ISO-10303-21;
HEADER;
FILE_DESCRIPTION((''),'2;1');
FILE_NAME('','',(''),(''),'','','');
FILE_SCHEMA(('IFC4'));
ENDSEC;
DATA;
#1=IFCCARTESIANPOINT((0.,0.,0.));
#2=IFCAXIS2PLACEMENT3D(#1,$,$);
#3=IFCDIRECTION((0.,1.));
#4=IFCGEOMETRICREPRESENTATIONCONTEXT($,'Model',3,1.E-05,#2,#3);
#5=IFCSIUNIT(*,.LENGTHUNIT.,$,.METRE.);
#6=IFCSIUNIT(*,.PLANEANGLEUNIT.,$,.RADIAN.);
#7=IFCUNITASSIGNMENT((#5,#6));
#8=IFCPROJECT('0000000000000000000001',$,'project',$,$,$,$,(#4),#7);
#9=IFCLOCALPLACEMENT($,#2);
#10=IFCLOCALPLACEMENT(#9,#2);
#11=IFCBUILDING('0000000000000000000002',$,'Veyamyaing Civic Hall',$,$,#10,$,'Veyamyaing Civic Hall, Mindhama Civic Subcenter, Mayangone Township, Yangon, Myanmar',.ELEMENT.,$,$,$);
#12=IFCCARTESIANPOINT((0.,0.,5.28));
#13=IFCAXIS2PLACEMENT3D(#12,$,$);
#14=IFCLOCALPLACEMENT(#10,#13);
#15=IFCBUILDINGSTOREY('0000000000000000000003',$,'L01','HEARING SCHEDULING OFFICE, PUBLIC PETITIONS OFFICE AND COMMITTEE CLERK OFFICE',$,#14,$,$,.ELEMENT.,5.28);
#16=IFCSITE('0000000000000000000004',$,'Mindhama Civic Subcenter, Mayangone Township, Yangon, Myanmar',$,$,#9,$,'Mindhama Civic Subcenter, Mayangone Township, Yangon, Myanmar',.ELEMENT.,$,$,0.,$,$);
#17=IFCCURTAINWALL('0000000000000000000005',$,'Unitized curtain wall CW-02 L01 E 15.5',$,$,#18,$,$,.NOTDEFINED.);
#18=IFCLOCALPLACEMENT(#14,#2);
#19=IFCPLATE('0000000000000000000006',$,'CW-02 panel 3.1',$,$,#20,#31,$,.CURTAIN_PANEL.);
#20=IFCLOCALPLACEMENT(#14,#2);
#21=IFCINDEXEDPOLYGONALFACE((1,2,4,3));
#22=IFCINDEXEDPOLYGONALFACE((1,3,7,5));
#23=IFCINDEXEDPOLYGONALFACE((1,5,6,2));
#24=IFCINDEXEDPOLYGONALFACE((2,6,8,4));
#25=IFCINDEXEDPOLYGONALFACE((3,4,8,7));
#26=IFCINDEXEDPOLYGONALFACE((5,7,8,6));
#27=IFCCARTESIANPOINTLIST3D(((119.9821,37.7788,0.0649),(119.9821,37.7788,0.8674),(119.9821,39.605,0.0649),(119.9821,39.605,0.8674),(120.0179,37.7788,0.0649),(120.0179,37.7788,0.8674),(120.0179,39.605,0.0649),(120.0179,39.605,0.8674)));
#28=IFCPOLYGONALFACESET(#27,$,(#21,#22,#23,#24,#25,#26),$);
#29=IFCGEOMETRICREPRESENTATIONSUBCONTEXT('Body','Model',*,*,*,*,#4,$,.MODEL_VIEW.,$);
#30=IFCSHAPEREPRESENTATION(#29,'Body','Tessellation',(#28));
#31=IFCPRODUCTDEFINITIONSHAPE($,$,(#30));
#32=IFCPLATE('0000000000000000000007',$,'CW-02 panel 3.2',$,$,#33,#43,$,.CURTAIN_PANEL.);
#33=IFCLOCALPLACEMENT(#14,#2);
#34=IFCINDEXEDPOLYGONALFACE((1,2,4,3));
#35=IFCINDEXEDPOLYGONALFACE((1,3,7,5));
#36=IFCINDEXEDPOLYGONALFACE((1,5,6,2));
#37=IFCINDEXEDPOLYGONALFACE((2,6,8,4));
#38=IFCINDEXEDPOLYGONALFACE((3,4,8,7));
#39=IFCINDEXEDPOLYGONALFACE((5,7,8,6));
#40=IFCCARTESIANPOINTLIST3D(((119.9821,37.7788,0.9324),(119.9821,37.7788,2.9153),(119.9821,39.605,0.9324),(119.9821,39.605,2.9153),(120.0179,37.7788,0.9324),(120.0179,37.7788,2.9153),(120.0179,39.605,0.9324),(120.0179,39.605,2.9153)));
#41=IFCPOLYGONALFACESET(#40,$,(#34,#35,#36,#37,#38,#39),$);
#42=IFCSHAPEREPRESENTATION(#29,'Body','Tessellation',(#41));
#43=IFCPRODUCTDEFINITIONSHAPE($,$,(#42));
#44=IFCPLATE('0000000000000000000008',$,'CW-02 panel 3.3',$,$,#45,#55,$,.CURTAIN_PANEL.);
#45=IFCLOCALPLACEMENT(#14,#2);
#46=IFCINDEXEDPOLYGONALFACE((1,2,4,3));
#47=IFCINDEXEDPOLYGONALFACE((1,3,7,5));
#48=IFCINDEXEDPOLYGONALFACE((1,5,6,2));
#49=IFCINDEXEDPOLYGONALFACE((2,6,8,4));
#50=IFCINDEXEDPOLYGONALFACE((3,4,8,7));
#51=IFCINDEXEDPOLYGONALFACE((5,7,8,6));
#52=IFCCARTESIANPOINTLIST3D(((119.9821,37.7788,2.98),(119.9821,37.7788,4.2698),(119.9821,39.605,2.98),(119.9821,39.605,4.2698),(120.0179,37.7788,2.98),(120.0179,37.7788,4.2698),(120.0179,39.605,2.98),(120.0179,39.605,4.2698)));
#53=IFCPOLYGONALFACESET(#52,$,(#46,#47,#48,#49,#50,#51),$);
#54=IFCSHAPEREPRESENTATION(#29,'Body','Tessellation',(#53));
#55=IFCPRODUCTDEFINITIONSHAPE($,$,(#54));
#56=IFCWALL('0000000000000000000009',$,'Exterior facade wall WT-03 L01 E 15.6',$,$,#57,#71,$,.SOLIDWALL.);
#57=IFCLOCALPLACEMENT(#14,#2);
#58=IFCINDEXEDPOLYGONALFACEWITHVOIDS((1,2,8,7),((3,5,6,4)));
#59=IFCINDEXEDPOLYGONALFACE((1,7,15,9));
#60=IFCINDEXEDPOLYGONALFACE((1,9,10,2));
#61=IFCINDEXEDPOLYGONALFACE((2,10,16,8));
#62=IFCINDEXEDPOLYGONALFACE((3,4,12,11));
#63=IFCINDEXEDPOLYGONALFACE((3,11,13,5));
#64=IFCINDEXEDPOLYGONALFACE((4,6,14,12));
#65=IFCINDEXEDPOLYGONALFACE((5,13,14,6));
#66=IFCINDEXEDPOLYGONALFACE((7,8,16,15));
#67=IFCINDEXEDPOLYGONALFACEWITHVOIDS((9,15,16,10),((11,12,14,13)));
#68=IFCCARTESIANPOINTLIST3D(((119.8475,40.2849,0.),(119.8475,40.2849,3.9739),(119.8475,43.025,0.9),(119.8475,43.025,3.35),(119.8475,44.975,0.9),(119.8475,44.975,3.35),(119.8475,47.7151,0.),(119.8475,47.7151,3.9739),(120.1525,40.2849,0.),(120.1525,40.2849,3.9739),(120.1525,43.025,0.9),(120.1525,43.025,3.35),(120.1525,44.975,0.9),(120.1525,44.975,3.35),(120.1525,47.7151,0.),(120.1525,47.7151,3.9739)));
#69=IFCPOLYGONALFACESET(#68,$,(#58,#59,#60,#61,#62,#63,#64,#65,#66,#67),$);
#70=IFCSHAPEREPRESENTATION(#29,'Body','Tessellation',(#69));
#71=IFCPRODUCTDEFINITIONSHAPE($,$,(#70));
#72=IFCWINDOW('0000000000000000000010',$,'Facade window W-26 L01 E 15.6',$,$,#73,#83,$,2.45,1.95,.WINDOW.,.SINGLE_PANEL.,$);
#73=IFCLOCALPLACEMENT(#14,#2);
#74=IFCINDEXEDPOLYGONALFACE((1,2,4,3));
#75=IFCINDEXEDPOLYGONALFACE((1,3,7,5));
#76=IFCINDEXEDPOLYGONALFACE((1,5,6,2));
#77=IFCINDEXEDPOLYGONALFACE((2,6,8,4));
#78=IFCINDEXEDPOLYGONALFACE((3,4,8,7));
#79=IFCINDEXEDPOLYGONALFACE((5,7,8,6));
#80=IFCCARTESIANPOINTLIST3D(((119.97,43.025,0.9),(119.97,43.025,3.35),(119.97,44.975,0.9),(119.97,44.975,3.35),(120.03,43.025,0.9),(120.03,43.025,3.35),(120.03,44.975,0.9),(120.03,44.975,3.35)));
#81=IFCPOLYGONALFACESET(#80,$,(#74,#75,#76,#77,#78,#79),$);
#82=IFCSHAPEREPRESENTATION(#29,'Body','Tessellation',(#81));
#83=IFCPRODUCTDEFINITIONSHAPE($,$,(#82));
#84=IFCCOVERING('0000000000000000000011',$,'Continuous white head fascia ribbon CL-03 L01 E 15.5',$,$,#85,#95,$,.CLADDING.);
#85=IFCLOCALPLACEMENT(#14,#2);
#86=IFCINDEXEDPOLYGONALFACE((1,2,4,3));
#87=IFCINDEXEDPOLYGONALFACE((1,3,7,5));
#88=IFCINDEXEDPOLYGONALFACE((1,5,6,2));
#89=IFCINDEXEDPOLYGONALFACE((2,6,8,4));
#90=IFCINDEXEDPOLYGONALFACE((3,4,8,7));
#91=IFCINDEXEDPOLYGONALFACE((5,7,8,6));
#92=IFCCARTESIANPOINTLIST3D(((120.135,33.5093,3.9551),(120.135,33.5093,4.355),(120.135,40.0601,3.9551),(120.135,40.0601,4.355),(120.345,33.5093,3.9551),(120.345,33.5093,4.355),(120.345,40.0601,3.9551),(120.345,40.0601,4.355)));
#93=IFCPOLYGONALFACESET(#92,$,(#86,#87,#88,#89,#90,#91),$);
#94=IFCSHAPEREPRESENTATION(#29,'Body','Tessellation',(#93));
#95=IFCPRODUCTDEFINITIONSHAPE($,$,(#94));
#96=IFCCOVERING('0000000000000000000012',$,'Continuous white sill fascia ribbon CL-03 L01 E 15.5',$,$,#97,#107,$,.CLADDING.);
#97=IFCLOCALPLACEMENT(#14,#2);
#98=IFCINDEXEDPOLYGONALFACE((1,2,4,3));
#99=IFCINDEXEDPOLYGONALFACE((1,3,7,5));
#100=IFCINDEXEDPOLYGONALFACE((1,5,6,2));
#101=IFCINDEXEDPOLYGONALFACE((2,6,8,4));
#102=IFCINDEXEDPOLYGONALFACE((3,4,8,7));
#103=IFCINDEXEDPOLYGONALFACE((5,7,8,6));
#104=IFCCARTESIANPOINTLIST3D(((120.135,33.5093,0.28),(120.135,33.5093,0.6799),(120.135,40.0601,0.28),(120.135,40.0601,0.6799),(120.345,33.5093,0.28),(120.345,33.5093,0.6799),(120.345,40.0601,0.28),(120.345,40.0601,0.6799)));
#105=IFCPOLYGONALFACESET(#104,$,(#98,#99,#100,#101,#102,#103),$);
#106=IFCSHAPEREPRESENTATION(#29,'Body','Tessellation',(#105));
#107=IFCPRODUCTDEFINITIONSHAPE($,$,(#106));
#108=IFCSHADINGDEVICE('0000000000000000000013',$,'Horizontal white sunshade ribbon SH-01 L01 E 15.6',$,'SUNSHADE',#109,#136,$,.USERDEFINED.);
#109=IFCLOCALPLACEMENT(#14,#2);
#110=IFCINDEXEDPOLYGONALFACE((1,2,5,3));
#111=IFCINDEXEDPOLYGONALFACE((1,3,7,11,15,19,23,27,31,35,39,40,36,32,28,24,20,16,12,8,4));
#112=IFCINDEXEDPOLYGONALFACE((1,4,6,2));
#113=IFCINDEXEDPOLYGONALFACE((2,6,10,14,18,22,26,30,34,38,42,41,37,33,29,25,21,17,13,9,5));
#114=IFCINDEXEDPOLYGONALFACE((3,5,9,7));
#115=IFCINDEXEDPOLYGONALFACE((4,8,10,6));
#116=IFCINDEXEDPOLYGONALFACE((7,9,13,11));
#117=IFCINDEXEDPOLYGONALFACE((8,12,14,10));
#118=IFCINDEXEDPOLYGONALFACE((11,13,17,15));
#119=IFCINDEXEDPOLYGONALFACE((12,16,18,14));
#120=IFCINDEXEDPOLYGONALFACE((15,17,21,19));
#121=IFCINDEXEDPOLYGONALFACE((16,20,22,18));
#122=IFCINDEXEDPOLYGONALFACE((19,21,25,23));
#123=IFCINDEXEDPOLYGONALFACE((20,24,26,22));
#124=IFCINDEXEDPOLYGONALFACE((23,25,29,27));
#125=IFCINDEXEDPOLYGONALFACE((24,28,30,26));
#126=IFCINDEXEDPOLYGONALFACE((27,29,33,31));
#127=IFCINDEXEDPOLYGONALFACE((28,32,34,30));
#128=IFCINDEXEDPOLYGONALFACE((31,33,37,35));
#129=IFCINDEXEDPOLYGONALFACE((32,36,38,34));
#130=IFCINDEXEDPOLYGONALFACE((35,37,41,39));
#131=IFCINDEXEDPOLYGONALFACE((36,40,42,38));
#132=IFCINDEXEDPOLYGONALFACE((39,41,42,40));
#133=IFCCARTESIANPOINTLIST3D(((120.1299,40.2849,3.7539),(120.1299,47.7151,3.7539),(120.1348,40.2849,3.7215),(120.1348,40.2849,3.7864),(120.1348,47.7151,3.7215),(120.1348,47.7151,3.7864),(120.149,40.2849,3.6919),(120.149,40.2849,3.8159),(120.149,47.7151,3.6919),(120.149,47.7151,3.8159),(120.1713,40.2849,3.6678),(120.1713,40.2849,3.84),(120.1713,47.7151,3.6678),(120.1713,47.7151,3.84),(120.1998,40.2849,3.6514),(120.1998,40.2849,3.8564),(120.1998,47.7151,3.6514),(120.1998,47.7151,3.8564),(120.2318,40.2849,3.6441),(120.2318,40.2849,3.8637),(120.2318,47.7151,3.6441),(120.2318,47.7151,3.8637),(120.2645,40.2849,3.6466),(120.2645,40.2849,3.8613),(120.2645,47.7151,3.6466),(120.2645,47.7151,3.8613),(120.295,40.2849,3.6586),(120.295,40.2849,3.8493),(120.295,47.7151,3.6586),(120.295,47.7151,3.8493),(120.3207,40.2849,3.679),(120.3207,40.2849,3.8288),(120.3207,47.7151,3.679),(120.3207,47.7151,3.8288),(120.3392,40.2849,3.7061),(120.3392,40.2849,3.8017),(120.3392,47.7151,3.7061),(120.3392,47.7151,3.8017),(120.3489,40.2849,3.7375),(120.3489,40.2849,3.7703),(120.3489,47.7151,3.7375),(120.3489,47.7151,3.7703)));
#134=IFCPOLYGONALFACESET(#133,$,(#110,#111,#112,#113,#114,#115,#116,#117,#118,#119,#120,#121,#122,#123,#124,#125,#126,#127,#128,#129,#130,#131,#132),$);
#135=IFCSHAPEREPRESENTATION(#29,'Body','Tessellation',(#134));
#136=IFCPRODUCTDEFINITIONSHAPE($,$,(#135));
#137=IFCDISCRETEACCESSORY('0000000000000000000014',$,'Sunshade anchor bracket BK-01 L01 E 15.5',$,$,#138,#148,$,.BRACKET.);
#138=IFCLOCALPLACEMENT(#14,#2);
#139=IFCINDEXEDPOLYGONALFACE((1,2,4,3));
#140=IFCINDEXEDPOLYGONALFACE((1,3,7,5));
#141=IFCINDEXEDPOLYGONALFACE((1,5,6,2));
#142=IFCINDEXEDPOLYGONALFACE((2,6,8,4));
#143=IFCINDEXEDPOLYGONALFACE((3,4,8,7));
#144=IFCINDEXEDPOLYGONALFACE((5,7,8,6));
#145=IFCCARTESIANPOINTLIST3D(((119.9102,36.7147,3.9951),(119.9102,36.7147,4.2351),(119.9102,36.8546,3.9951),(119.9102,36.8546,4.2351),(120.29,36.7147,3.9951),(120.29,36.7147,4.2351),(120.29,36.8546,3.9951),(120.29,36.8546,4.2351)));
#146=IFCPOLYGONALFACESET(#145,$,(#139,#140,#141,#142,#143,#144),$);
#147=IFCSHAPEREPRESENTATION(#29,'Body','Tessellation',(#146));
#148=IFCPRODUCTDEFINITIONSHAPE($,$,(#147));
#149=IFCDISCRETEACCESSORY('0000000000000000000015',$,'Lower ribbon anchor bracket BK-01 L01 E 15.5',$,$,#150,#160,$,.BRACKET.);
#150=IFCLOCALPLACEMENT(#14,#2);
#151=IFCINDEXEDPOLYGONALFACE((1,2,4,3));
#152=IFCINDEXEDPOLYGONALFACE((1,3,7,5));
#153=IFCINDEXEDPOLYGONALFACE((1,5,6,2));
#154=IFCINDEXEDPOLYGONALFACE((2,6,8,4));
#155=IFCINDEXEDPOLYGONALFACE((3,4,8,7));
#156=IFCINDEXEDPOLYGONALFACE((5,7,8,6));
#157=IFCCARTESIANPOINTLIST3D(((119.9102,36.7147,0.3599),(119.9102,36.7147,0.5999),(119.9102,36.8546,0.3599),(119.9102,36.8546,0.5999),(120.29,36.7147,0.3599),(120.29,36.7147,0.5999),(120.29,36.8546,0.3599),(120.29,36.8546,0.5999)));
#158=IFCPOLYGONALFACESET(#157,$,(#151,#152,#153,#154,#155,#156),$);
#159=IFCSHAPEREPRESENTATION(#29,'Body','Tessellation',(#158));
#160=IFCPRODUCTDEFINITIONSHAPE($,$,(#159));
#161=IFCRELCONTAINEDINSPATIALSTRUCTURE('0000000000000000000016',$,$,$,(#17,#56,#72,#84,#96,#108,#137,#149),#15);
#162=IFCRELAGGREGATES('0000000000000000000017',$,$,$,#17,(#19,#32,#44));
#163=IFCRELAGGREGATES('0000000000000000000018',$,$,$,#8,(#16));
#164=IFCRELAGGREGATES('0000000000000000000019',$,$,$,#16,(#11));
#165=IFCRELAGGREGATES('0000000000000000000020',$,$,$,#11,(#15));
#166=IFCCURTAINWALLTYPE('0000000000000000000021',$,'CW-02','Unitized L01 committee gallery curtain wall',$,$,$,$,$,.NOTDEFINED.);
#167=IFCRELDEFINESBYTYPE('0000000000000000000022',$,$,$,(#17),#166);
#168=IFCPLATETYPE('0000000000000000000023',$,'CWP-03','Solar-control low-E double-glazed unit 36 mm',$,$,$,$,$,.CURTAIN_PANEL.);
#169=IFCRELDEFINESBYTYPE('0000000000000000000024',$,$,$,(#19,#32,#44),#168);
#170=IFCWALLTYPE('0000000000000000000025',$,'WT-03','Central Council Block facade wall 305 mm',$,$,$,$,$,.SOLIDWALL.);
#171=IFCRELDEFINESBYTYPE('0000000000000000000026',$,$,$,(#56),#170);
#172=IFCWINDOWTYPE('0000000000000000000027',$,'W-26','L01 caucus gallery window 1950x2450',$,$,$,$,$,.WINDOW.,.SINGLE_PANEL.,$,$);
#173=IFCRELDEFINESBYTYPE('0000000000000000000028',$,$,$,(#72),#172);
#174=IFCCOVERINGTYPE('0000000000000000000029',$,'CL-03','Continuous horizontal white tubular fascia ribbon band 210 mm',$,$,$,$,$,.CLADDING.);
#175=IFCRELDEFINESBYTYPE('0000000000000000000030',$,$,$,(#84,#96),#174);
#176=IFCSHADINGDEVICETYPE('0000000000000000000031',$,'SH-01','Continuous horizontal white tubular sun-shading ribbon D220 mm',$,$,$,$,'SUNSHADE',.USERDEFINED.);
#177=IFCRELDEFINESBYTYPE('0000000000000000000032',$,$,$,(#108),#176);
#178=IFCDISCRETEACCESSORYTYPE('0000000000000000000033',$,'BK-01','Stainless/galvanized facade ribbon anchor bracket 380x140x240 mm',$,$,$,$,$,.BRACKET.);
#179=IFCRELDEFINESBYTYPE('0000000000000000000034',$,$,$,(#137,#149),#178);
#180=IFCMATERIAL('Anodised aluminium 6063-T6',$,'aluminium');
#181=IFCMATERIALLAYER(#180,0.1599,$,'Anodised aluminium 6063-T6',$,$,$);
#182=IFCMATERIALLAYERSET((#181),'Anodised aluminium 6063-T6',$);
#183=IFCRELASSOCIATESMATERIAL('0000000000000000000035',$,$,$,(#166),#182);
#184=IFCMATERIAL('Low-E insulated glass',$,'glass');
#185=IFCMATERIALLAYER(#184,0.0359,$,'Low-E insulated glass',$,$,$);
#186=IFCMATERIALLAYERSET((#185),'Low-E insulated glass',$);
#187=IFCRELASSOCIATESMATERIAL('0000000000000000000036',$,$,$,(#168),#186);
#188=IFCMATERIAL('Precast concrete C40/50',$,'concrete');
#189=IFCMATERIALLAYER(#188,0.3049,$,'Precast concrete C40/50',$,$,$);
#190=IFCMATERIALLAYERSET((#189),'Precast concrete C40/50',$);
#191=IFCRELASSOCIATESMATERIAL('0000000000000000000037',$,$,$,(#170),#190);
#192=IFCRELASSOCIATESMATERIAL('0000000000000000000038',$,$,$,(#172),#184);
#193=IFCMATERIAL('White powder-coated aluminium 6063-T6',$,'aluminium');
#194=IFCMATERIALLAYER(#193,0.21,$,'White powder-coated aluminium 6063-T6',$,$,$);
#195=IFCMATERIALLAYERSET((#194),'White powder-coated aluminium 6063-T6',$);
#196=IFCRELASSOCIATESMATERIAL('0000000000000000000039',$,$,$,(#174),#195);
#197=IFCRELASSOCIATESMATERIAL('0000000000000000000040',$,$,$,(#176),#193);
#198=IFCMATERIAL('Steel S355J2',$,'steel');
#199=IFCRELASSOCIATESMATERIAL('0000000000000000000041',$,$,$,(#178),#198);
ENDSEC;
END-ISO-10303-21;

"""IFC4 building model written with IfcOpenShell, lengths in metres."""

from ifc_helpers import new_model, si_unit, direction, frame, frame_2d, origin, origin_2d, place, context, subcontext, project, spatial, rectangle, circle, extrude, material, layer, layer_set, material_profile, profile_set, type_object, element, fill, aggregate, save


model = new_model("IFC4")

# Units and contexts
model_context = context("Model", 3, precision=1e-05, world=origin(), true_north=direction((0.0, 1.0)))
body_context = subcontext(model_context, "Body", "Model", "MODEL_VIEW")
ifc_project = project(units=[si_unit("LENGTHUNIT", "METRE"), si_unit("PLANEANGLEUNIT", "RADIAN")], contexts=[model_context])

# Site, building, storey
site_placement = place(None, origin())
site = spatial("IfcSite", under=ifc_project, at=site_placement, Name="Mindhama Civic Subcenter, Mayangone Township, Yangon, Myanmar", LongName="Mindhama Civic Subcenter, Mayangone Township, Yangon, Myanmar", CompositionType="ELEMENT", RefElevation=0.0)
building_placement = place(site_placement, origin())
building = spatial("IfcBuilding", under=site, at=building_placement, Name="Veyamyaing Civic Hall", LongName="Veyamyaing Civic Hall, Mindhama Civic Subcenter, Mayangone Township, Yangon, Myanmar", CompositionType="ELEMENT")
storey_placement = place(building_placement, frame((0.0, 0.0, 5.28)))
storey = spatial("IfcBuildingStorey", under=building, at=storey_placement, Name="L01", Description="HEARING SCHEDULING OFFICE, PUBLIC PETITIONS OFFICE AND COMMITTEE CLERK OFFICE", CompositionType="ELEMENT", Elevation=5.28)

# Curtain wall, plates
ifc_material_1 = material(Name="Anodised aluminium 6063-T6", Category="aluminium")
ifc_layer_1 = layer(ifc_material_1, 0.1599, Name="Anodised aluminium 6063-T6")
ifc_layer_set_1 = layer_set([ifc_layer_1], Name="Anodised aluminium 6063-T6")
curtain_wall_type = type_object("IfcCurtainWallType", Name="CW-02", Description="Unitized L01 committee gallery curtain wall", PredefinedType="NOTDEFINED", material=ifc_layer_set_1)
curtain_wall_placement = place(storey_placement, origin())
curtain_wall = element("IfcCurtainWall", 1, at=curtain_wall_placement, inside=storey, type_object=curtain_wall_type, Name="Unitized curtain wall CW-02 L01 E 15.5", PredefinedType="NOTDEFINED")
ifc_material_2 = material(Name="Low-E insulated glass", Category="glass")
ifc_layer_2 = layer(ifc_material_2, 0.0359, Name="Low-E insulated glass")
ifc_layer_set_2 = layer_set([ifc_layer_2], Name="Low-E insulated glass")
plate_type = type_object("IfcPlateType", Name="CWP-03", Description="Solar-control low-E double-glazed unit 36 mm", PredefinedType="CURTAIN_PANEL", material=ifc_layer_set_2)
plate_1_placement = place(storey_placement, frame((120.0, 38.6919, 0.0649), z_axis=(0.0, 0.0, 1.0), x_axis=(0.0, 1.0, 0.0)))
plate_1 = element("IfcPlate", 2, at=plate_1_placement, type_object=plate_type, Name="CW-02 panel 3.1", PredefinedType="CURTAIN_PANEL", context=body_context, shape_type="SweptSolid", body=[
    extrude(rectangle(XDim=1.8262, YDim=0.0359, at=origin_2d()), origin(), (0.0, 0.0, 1.0), 0.8025),
])
plate_2_placement = place(storey_placement, frame((120.0, 38.6919, 0.9324), z_axis=(0.0, 0.0, 1.0), x_axis=(0.0, 1.0, 0.0)))
plate_2 = element("IfcPlate", 3, at=plate_2_placement, type_object=plate_type, Name="CW-02 panel 3.2", PredefinedType="CURTAIN_PANEL", context=body_context, shape_type="SweptSolid", body=[
    extrude(rectangle(XDim=1.8262, YDim=0.0359, at=origin_2d()), origin(), (0.0, 0.0, 1.0), 1.9829),
])
plate_3_placement = place(storey_placement, frame((120.0, 38.6919, 2.98), z_axis=(0.0, 0.0, 1.0), x_axis=(0.0, 1.0, 0.0)))
plate_3 = element("IfcPlate", 4, at=plate_3_placement, type_object=plate_type, Name="CW-02 panel 3.3", PredefinedType="CURTAIN_PANEL", context=body_context, shape_type="SweptSolid", body=[
    extrude(rectangle(XDim=1.8262, YDim=0.0359, at=origin_2d()), origin(), (0.0, 0.0, 1.0), 1.2898),
])
aggregate(curtain_wall, [plate_1, plate_2, plate_3])

# Wall, opening, window
ifc_material_3 = material(Name="Precast concrete C40/50", Category="concrete")
ifc_layer_3 = layer(ifc_material_3, 0.3049, Name="Precast concrete C40/50")
ifc_layer_set_3 = layer_set([ifc_layer_3], Name="Precast concrete C40/50")
wall_type = type_object("IfcWallType", Name="WT-03", Description="Central Council Block facade wall 305 mm", PredefinedType="SOLIDWALL", material=ifc_layer_set_3)
wall_placement = place(storey_placement, frame((120.0, 40.2849, 0.0), z_axis=(0.0, 0.0, 1.0), x_axis=(0.0, 1.0, 0.0)))
wall = element("IfcWall", 5, at=wall_placement, inside=storey, type_object=wall_type, Name="Exterior facade wall WT-03 L01 E 15.6", PredefinedType="SOLIDWALL", context=body_context, shape_type="SweptSolid", body=[
    extrude(rectangle(XDim=7.4302, YDim=0.3049, at=frame_2d((3.7151, 0.0))), origin(), (0.0, 0.0, 1.0), 3.9739),
])
opening_placement = place(wall_placement, frame((2.74, 0.0, 0.8999)))
opening = element("IfcOpeningElement", 6, at=opening_placement, cuts=wall, PredefinedType="OPENING", context=body_context, shape_type="SweptSolid", body=[
    extrude(rectangle(XDim=1.95, YDim=2.45, at=frame_2d((0.9751, 1.2251))), frame((0.0, 0.1624, 0.0), z_axis=(0.0, -1.0, 0.0), x_axis=(1.0, 0.0, 0.0)), (0.0, 0.0, 1.0), 0.325),
])
window_type = type_object("IfcWindowType", Name="W-26", Description="L01 caucus gallery window 1950x2450", PartitioningType="SINGLE_PANEL", PredefinedType="WINDOW", material=ifc_material_2)
window_placement = place(opening_placement, origin())
window = element("IfcWindow", 7, at=window_placement, inside=storey, type_object=window_type, Name="Facade window W-26 L01 E 15.6", OverallHeight=2.45, OverallWidth=1.95, PartitioningType="SINGLE_PANEL", PredefinedType="WINDOW", context=body_context, shape_type="SweptSolid", body=[
    extrude(rectangle(XDim=1.95, YDim=2.45, at=frame_2d((0.9751, 1.2251))), frame((0.0, 0.03, 0.0), z_axis=(0.0, -1.0, 0.0), x_axis=(1.0, 0.0, 0.0)), (0.0, 0.0, 1.0), 0.0601),
])
fill(opening, window)

# Coverings
ifc_material_4 = material(Name="White powder-coated aluminium 6063-T6", Category="aluminium")
ifc_layer_4 = layer(ifc_material_4, 0.21, Name="White powder-coated aluminium 6063-T6")
ifc_layer_set_4 = layer_set([ifc_layer_4], Name="White powder-coated aluminium 6063-T6")
covering_type = type_object("IfcCoveringType", Name="CL-03", Description="Continuous horizontal white tubular fascia ribbon band 210 mm", PredefinedType="CLADDING", material=ifc_layer_set_4)
for number, where, z_axis, x_axis, name in (
    (8, (120.24, 36.7847, 3.9551), (0.0, 0.0, 1.0), (0.0, 1.0, 0.0), "Continuous white head fascia ribbon CL-03 L01 E 15.5"),
    (9, (120.24, 36.7847, 0.28), (0.0, 0.0, 1.0), (0.0, 1.0, 0.0), "Continuous white sill fascia ribbon CL-03 L01 E 15.5"),
):
    element("IfcCovering", number, at=place(storey_placement, frame(where, z_axis=z_axis, x_axis=x_axis)), inside=storey, type_object=covering_type, Name=name, PredefinedType="CLADDING", context=body_context, shape_type="SweptSolid", body=[
        extrude(rectangle(XDim=6.5508, YDim=0.21, at=origin_2d()), origin(), (0.0, 0.0, 1.0), 0.3999),
    ])

# Shading device
ifc_material_profile_1 = material_profile(ifc_material_4, circle(Radius=0.1101, at=origin_2d()), Name="SHADE-TUBE-220")
ifc_profile_set_1 = profile_set([ifc_material_profile_1], Name="White powder-coated aluminium 6063-T6")
shading_device_type = type_object("IfcShadingDeviceType", Name="SH-01", Description="Continuous horizontal white tubular sun-shading ribbon D220 mm", ElementType="SUNSHADE", PredefinedType="USERDEFINED", material=ifc_profile_set_1)
shading_device_placement = place(storey_placement, frame((120.24, 40.2849, 3.7539), z_axis=(0.0, 1.0, 0.0), x_axis=(-1.0, 0.0, 0.0)))
element("IfcShadingDevice", 10, at=shading_device_placement, inside=storey, type_object=shading_device_type, Name="Horizontal white sunshade ribbon SH-01 L01 E 15.6", ObjectType="SUNSHADE", PredefinedType="USERDEFINED", context=body_context, shape_type="SweptSolid", body=[
    extrude(circle(Radius=0.1101, at=origin_2d()), origin(), (0.0, 0.0, 1.0), 7.4302),
])

# Discrete accessories
ifc_material_5 = material(Name="Steel S355J2", Category="steel")
discrete_accessory_type = type_object("IfcDiscreteAccessoryType", Name="BK-01", Description="Stainless/galvanized facade ribbon anchor bracket 380x140x240 mm", PredefinedType="BRACKET", material=ifc_material_5)
for number, where, z_axis, x_axis, name in (
    (11, (120.1001, 36.7847, 3.9951), (0.0, 0.0, 1.0), (1.0, 0.0, 0.0), "Sunshade anchor bracket BK-01 L01 E 15.5"),
    (12, (120.1001, 36.7847, 0.3599), (0.0, 0.0, 1.0), (1.0, 0.0, 0.0), "Lower ribbon anchor bracket BK-01 L01 E 15.5"),
):
    element("IfcDiscreteAccessory", number, at=place(storey_placement, frame(where, z_axis=z_axis, x_axis=x_axis)), inside=storey, type_object=discrete_accessory_type, Name=name, PredefinedType="BRACKET", context=body_context, shape_type="SweptSolid", body=[
        extrude(rectangle(XDim=0.3799, YDim=0.1399, at=origin_2d()), origin(), (0.0, 0.0, 1.0), 0.24),
    ])

save(model, "model.ifc")
